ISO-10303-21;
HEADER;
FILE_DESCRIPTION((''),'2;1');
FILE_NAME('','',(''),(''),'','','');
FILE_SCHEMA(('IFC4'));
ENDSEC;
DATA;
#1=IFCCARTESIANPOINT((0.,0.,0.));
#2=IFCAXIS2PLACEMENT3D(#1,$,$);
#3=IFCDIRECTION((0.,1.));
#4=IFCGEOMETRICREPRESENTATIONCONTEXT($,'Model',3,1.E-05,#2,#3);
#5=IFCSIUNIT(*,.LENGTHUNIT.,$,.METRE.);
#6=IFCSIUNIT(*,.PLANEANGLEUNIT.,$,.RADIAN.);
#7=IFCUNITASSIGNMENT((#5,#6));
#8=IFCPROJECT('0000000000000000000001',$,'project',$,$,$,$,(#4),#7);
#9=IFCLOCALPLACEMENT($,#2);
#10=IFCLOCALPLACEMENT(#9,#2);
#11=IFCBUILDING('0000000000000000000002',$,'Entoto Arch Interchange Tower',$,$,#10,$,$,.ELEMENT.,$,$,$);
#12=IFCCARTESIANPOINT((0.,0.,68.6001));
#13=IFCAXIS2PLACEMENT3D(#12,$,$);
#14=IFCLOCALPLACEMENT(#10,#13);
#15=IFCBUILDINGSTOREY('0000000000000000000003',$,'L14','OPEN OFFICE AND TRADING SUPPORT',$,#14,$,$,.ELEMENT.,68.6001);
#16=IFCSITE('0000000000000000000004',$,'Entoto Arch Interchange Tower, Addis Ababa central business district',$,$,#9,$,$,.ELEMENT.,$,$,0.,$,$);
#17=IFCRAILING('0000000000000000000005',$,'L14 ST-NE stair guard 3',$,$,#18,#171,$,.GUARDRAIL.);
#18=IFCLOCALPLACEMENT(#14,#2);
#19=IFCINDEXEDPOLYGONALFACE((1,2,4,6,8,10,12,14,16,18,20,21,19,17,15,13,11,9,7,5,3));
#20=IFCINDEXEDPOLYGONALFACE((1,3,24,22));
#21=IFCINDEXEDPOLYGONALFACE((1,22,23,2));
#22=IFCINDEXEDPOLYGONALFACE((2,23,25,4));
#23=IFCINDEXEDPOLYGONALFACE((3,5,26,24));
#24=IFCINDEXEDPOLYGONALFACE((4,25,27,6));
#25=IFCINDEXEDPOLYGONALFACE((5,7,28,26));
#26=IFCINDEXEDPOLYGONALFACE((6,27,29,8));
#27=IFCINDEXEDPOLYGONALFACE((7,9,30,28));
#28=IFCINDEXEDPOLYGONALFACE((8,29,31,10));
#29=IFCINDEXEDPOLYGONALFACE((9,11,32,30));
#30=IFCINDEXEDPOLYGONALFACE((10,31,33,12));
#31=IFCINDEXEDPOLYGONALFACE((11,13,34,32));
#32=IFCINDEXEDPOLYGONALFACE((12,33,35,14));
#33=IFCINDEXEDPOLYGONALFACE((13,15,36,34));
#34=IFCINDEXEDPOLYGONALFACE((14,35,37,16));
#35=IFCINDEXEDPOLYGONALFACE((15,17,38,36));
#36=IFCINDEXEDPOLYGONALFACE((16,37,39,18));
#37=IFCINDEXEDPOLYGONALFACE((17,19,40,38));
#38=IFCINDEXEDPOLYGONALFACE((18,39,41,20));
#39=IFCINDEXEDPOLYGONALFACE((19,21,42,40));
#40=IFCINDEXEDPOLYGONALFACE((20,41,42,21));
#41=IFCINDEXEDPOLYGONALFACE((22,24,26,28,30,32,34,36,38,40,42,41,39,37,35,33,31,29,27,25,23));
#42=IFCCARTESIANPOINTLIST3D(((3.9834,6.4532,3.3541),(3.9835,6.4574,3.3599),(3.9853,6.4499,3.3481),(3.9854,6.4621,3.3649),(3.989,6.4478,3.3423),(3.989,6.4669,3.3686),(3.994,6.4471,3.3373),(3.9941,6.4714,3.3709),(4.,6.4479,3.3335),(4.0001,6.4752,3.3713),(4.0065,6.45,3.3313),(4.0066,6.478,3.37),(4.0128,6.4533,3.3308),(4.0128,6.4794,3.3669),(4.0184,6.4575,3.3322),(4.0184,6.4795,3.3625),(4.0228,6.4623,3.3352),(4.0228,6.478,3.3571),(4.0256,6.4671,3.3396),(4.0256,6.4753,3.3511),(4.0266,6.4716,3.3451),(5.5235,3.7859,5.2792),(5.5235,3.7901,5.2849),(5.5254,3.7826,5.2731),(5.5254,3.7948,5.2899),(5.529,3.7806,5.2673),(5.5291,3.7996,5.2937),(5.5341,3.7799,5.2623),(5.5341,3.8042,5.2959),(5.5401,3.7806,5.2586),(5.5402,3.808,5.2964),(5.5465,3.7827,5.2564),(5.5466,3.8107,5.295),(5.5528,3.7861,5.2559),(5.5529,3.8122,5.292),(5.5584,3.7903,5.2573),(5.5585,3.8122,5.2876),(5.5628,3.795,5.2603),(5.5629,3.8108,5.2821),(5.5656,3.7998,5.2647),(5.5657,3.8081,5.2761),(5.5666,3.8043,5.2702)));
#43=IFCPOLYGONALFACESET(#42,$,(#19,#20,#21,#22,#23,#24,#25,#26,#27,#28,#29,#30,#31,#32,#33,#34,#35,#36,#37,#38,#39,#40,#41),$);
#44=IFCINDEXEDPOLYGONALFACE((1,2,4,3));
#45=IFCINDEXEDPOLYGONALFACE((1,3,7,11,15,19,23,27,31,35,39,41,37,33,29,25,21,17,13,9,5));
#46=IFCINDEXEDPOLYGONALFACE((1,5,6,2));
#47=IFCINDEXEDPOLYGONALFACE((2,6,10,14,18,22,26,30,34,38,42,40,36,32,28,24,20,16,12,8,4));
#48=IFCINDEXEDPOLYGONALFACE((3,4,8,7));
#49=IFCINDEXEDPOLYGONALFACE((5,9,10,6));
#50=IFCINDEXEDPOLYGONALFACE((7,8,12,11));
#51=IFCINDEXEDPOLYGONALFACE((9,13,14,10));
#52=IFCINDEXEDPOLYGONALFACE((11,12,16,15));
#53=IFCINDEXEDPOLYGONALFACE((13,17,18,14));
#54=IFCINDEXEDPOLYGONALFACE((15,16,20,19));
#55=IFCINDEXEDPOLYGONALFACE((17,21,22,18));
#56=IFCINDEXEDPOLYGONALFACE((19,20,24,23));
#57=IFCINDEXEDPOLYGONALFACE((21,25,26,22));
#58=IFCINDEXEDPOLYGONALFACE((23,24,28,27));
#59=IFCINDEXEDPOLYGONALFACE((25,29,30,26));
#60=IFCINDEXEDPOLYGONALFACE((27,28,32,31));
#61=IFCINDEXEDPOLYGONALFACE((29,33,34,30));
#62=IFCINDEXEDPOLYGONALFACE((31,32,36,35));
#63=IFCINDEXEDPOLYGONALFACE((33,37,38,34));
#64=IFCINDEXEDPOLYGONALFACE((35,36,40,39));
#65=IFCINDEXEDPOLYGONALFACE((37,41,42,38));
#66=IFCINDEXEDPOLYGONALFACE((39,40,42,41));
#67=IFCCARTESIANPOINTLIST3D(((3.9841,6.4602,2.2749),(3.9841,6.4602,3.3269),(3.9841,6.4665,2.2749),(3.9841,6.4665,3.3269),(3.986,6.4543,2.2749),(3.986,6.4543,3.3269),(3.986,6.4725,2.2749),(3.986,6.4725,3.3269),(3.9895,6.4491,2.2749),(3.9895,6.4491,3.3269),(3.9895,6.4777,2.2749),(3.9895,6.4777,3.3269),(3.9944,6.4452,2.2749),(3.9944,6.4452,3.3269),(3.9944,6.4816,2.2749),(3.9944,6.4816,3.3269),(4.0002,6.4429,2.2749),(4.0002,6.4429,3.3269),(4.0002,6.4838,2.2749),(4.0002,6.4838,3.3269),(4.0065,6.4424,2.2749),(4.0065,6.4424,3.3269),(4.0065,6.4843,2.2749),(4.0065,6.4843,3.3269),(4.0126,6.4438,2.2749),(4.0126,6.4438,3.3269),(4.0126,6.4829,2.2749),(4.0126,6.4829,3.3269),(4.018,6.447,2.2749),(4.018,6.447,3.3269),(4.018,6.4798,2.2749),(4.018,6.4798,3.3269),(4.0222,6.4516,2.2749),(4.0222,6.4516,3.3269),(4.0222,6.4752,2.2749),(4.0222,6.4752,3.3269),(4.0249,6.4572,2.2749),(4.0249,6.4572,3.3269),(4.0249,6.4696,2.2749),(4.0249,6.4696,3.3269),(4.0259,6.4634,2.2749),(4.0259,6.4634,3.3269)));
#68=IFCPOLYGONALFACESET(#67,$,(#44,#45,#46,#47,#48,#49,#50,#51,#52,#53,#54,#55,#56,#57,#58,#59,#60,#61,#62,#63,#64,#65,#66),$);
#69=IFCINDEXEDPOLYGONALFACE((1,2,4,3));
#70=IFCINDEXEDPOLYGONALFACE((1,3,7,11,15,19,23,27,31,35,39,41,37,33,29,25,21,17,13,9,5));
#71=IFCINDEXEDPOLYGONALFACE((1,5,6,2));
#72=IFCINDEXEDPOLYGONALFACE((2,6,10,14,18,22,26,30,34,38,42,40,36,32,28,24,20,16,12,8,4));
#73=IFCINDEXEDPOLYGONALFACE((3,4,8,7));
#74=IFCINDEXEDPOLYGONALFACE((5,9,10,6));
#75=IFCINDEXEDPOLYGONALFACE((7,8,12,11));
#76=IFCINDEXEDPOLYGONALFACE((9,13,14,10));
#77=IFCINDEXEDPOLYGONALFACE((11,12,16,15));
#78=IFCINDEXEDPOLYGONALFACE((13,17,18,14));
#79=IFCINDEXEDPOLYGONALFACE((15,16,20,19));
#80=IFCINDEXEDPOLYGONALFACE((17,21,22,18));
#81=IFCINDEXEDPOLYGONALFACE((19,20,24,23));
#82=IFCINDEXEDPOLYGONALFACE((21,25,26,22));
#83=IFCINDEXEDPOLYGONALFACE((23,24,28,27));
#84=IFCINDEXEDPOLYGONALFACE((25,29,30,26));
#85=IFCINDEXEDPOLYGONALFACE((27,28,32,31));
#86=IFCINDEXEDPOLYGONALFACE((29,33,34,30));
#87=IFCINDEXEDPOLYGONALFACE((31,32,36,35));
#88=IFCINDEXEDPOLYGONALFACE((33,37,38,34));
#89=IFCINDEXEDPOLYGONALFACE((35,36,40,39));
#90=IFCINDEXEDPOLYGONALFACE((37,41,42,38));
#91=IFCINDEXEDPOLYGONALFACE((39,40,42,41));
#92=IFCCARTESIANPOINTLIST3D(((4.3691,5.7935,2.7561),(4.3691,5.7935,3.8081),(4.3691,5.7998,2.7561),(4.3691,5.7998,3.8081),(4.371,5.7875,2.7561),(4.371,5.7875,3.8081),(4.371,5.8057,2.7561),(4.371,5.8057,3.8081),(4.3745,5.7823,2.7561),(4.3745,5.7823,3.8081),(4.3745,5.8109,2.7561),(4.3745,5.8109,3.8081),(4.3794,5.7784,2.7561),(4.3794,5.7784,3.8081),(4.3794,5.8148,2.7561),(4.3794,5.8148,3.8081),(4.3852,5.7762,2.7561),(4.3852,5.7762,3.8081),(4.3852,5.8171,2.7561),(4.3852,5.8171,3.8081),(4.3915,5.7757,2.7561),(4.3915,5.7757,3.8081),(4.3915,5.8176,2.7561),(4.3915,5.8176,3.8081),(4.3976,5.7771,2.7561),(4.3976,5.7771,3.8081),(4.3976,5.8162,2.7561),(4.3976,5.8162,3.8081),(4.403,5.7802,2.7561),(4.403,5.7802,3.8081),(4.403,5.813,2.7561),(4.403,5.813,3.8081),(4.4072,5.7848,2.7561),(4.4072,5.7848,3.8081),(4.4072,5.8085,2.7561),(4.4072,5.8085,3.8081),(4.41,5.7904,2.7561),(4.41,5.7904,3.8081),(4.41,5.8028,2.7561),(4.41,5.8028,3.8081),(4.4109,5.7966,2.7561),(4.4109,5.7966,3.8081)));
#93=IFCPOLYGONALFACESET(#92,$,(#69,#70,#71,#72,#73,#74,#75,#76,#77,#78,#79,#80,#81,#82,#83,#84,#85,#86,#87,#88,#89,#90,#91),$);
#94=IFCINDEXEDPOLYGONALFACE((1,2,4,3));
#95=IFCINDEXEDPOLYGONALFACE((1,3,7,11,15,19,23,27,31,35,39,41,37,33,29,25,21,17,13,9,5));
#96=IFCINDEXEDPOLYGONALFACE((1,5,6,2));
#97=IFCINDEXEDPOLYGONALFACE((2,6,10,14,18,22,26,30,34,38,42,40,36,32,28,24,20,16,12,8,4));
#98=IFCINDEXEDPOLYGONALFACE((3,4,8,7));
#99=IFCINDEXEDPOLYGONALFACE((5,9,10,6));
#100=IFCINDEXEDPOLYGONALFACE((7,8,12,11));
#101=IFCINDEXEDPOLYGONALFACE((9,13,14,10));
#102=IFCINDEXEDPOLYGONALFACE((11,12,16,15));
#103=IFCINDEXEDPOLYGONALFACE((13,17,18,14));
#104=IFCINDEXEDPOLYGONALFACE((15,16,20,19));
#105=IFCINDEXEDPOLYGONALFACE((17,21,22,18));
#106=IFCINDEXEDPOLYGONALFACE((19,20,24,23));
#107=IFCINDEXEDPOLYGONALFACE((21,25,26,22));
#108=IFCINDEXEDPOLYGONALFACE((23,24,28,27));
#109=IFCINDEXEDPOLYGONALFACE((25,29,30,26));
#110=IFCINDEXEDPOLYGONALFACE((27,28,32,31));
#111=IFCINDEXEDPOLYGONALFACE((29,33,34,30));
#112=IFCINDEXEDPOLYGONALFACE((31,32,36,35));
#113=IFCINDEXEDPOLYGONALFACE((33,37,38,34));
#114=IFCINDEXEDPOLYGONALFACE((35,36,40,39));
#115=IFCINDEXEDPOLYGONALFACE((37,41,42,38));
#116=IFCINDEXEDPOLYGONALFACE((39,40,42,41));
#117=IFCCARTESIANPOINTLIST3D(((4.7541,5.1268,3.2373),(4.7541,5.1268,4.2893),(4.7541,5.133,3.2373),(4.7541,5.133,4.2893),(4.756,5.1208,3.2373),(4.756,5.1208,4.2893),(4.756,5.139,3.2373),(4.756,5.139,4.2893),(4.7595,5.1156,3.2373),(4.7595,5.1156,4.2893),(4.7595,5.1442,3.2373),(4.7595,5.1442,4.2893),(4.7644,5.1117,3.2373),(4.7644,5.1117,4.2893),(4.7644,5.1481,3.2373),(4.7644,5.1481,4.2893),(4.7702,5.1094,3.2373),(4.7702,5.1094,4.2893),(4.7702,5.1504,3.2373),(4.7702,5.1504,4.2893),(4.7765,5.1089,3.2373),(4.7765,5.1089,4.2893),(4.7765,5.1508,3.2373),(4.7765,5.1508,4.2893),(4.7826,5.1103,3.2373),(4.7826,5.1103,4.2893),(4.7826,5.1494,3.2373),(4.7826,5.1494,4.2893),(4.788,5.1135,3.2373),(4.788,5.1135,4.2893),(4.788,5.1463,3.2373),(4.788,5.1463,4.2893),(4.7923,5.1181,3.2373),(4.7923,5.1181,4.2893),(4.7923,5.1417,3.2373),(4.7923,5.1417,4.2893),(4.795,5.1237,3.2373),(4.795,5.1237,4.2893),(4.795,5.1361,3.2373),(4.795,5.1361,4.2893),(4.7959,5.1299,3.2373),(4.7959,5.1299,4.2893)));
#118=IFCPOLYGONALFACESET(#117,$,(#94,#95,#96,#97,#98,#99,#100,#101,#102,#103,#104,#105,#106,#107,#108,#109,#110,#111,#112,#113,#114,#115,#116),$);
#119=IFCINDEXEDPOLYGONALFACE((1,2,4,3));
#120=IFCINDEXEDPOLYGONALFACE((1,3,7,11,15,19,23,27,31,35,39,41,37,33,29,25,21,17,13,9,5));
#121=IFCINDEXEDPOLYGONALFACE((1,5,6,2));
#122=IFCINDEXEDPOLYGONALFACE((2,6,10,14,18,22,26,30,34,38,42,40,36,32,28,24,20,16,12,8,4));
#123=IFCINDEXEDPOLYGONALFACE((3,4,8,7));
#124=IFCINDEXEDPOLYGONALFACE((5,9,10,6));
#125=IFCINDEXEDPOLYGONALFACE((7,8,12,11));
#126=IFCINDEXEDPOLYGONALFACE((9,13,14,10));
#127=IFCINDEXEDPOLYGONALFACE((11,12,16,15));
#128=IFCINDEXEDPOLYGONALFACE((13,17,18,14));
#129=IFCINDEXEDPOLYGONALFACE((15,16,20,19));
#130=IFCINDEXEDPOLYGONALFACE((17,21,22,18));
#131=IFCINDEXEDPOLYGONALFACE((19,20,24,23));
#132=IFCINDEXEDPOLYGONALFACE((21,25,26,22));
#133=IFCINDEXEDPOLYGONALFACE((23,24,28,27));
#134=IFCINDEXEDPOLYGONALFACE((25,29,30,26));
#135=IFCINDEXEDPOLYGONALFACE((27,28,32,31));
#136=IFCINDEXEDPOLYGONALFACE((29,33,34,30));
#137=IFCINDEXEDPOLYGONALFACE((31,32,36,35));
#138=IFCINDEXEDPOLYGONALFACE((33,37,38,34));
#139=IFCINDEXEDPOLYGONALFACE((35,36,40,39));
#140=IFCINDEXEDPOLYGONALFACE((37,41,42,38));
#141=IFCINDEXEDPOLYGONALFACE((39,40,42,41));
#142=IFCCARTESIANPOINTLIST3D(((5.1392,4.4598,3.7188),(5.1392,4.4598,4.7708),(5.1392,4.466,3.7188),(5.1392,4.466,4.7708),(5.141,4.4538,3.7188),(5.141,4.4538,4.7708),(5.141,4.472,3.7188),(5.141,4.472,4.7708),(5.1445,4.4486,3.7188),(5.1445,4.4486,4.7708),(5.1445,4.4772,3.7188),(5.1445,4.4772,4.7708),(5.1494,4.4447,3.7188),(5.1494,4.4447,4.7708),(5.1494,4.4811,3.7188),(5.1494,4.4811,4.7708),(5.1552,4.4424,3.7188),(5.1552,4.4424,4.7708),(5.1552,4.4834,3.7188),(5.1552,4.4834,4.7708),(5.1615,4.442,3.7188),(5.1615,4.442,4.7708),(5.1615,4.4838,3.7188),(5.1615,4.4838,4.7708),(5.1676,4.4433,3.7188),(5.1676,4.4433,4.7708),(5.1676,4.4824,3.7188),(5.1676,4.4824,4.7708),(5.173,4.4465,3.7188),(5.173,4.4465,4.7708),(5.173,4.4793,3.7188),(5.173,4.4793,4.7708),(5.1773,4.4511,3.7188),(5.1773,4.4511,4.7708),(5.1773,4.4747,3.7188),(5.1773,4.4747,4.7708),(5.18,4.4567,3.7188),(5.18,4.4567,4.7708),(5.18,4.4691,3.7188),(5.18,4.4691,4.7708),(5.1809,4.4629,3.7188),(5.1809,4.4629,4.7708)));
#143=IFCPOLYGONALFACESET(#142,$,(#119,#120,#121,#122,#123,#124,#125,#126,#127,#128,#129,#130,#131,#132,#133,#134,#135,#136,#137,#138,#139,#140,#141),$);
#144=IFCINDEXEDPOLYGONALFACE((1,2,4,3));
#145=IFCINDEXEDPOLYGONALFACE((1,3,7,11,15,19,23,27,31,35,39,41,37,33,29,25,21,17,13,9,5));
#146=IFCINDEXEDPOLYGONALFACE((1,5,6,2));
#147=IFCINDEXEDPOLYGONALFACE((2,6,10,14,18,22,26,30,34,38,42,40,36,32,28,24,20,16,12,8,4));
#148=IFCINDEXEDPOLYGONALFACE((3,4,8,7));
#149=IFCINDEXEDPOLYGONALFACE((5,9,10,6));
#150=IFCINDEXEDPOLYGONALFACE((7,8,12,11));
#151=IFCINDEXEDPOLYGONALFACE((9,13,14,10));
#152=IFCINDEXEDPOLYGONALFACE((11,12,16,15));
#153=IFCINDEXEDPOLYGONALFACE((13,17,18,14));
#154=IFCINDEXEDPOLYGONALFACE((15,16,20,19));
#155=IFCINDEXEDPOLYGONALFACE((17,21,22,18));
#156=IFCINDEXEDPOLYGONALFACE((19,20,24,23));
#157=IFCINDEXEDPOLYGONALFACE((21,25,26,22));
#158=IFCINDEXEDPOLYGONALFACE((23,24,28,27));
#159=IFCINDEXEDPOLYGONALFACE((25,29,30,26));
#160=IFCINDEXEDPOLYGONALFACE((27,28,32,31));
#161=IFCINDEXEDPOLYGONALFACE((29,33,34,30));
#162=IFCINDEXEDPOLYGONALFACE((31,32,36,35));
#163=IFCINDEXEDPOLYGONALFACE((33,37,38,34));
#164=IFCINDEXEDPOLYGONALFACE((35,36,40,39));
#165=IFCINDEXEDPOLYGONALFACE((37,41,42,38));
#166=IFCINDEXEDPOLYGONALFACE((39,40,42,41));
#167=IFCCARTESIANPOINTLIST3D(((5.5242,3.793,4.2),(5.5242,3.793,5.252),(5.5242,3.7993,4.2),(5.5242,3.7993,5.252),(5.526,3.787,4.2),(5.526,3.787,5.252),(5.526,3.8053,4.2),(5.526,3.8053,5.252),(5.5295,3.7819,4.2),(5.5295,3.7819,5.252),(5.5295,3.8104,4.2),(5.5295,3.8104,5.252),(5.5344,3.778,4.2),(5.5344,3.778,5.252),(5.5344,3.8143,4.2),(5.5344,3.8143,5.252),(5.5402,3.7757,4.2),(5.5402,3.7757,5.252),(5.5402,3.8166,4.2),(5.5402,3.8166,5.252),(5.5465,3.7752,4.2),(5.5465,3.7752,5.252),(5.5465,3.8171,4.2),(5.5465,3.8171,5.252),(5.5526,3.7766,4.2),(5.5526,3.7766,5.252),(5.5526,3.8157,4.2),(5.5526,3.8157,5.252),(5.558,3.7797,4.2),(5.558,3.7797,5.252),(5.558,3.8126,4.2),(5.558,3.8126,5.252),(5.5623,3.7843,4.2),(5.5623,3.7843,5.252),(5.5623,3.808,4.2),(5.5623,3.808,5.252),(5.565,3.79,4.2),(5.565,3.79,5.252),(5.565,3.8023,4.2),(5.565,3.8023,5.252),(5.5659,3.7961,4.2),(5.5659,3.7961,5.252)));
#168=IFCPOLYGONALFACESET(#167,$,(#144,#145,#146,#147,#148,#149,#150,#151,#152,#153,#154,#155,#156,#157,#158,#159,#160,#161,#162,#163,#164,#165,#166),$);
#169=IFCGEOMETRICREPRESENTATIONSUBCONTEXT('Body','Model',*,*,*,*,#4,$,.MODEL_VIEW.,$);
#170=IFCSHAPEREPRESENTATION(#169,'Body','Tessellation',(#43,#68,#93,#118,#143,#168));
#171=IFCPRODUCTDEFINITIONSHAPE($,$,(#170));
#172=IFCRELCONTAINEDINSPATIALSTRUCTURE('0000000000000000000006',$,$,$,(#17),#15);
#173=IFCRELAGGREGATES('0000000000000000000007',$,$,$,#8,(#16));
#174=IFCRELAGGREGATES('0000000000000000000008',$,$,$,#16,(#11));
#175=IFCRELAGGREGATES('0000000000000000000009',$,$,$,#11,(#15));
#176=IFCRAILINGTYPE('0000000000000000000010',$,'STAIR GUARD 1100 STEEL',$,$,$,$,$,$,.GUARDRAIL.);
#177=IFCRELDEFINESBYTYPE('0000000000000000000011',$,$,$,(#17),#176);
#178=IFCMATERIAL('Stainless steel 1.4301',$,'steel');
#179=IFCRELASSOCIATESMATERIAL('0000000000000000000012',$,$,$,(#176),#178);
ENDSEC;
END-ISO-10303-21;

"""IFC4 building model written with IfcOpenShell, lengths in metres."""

from ifc_helpers import new_model, si_unit, direction, frame, origin, origin_2d, place, context, subcontext, project, spatial, circle, extrude, material, type_object, element, save


model = new_model("IFC4")

# Units and contexts
model_context = context("Model", 3, precision=1e-05, world=origin(), true_north=direction((0.0, 1.0)))
body_context = subcontext(model_context, "Body", "Model", "MODEL_VIEW")
ifc_project = project(units=[si_unit("LENGTHUNIT", "METRE"), si_unit("PLANEANGLEUNIT", "RADIAN")], contexts=[model_context])

# Site, building, storey
site_placement = place(None, origin())
site = spatial("IfcSite", under=ifc_project, at=site_placement, Name="Entoto Arch Interchange Tower, Addis Ababa central business district", CompositionType="ELEMENT", RefElevation=0.0)
building_placement = place(site_placement, origin())
building = spatial("IfcBuilding", under=site, at=building_placement, Name="Entoto Arch Interchange Tower", CompositionType="ELEMENT")
storey_placement = place(building_placement, frame((0.0, 0.0, 68.6001)))
storey = spatial("IfcBuildingStorey", under=building, at=storey_placement, Name="L14", Description="OPEN OFFICE AND TRADING SUPPORT", CompositionType="ELEMENT", Elevation=68.6001)

# Railing
ifc_material_1 = material(Name="Stainless steel 1.4301", Category="steel")
railing_type_1 = type_object("IfcRailingType", Name="STAIR GUARD 1100 STEEL", PredefinedType="GUARDRAIL", material=ifc_material_1)
railing_1_placement = place(storey_placement, frame((4.0049, 6.4634, 2.2749)))
element("IfcRailing", 1, at=railing_1_placement, inside=storey, type_object=railing_type_1, Name="L14 ST-NE stair guard 3", PredefinedType="GUARDRAIL", context=body_context, shape_type="SweptSolid", body=[
    extrude(circle(Radius=0.0239, at=origin_2d()), frame((0.0, 0.0, 1.0762), z_axis=(0.424015, -0.734364, 0.530019), x_axis=(0.86601, 0.500027, 0.0)), (0.0, 0.0, 1.0), 3.6321),
    extrude(circle(Radius=0.021, at=origin_2d()), origin(), (0.0, 0.0, 1.0), 1.052),
    extrude(circle(Radius=0.021, at=origin_2d()), frame((0.385, -0.6667, 0.4812)), (0.0, 0.0, 1.0), 1.052),
    extrude(circle(Radius=0.021, at=origin_2d()), frame((0.77, -1.3335, 0.9624)), (0.0, 0.0, 1.0), 1.052),
    extrude(circle(Radius=0.021, at=origin_2d()), frame((1.155, -2.0005, 1.4438)), (0.0, 0.0, 1.0), 1.052),
    extrude(circle(Radius=0.021, at=origin_2d()), frame((1.54, -2.6672, 1.925)), (0.0, 0.0, 1.0), 1.052),
])

save(model, "model.ifc")
